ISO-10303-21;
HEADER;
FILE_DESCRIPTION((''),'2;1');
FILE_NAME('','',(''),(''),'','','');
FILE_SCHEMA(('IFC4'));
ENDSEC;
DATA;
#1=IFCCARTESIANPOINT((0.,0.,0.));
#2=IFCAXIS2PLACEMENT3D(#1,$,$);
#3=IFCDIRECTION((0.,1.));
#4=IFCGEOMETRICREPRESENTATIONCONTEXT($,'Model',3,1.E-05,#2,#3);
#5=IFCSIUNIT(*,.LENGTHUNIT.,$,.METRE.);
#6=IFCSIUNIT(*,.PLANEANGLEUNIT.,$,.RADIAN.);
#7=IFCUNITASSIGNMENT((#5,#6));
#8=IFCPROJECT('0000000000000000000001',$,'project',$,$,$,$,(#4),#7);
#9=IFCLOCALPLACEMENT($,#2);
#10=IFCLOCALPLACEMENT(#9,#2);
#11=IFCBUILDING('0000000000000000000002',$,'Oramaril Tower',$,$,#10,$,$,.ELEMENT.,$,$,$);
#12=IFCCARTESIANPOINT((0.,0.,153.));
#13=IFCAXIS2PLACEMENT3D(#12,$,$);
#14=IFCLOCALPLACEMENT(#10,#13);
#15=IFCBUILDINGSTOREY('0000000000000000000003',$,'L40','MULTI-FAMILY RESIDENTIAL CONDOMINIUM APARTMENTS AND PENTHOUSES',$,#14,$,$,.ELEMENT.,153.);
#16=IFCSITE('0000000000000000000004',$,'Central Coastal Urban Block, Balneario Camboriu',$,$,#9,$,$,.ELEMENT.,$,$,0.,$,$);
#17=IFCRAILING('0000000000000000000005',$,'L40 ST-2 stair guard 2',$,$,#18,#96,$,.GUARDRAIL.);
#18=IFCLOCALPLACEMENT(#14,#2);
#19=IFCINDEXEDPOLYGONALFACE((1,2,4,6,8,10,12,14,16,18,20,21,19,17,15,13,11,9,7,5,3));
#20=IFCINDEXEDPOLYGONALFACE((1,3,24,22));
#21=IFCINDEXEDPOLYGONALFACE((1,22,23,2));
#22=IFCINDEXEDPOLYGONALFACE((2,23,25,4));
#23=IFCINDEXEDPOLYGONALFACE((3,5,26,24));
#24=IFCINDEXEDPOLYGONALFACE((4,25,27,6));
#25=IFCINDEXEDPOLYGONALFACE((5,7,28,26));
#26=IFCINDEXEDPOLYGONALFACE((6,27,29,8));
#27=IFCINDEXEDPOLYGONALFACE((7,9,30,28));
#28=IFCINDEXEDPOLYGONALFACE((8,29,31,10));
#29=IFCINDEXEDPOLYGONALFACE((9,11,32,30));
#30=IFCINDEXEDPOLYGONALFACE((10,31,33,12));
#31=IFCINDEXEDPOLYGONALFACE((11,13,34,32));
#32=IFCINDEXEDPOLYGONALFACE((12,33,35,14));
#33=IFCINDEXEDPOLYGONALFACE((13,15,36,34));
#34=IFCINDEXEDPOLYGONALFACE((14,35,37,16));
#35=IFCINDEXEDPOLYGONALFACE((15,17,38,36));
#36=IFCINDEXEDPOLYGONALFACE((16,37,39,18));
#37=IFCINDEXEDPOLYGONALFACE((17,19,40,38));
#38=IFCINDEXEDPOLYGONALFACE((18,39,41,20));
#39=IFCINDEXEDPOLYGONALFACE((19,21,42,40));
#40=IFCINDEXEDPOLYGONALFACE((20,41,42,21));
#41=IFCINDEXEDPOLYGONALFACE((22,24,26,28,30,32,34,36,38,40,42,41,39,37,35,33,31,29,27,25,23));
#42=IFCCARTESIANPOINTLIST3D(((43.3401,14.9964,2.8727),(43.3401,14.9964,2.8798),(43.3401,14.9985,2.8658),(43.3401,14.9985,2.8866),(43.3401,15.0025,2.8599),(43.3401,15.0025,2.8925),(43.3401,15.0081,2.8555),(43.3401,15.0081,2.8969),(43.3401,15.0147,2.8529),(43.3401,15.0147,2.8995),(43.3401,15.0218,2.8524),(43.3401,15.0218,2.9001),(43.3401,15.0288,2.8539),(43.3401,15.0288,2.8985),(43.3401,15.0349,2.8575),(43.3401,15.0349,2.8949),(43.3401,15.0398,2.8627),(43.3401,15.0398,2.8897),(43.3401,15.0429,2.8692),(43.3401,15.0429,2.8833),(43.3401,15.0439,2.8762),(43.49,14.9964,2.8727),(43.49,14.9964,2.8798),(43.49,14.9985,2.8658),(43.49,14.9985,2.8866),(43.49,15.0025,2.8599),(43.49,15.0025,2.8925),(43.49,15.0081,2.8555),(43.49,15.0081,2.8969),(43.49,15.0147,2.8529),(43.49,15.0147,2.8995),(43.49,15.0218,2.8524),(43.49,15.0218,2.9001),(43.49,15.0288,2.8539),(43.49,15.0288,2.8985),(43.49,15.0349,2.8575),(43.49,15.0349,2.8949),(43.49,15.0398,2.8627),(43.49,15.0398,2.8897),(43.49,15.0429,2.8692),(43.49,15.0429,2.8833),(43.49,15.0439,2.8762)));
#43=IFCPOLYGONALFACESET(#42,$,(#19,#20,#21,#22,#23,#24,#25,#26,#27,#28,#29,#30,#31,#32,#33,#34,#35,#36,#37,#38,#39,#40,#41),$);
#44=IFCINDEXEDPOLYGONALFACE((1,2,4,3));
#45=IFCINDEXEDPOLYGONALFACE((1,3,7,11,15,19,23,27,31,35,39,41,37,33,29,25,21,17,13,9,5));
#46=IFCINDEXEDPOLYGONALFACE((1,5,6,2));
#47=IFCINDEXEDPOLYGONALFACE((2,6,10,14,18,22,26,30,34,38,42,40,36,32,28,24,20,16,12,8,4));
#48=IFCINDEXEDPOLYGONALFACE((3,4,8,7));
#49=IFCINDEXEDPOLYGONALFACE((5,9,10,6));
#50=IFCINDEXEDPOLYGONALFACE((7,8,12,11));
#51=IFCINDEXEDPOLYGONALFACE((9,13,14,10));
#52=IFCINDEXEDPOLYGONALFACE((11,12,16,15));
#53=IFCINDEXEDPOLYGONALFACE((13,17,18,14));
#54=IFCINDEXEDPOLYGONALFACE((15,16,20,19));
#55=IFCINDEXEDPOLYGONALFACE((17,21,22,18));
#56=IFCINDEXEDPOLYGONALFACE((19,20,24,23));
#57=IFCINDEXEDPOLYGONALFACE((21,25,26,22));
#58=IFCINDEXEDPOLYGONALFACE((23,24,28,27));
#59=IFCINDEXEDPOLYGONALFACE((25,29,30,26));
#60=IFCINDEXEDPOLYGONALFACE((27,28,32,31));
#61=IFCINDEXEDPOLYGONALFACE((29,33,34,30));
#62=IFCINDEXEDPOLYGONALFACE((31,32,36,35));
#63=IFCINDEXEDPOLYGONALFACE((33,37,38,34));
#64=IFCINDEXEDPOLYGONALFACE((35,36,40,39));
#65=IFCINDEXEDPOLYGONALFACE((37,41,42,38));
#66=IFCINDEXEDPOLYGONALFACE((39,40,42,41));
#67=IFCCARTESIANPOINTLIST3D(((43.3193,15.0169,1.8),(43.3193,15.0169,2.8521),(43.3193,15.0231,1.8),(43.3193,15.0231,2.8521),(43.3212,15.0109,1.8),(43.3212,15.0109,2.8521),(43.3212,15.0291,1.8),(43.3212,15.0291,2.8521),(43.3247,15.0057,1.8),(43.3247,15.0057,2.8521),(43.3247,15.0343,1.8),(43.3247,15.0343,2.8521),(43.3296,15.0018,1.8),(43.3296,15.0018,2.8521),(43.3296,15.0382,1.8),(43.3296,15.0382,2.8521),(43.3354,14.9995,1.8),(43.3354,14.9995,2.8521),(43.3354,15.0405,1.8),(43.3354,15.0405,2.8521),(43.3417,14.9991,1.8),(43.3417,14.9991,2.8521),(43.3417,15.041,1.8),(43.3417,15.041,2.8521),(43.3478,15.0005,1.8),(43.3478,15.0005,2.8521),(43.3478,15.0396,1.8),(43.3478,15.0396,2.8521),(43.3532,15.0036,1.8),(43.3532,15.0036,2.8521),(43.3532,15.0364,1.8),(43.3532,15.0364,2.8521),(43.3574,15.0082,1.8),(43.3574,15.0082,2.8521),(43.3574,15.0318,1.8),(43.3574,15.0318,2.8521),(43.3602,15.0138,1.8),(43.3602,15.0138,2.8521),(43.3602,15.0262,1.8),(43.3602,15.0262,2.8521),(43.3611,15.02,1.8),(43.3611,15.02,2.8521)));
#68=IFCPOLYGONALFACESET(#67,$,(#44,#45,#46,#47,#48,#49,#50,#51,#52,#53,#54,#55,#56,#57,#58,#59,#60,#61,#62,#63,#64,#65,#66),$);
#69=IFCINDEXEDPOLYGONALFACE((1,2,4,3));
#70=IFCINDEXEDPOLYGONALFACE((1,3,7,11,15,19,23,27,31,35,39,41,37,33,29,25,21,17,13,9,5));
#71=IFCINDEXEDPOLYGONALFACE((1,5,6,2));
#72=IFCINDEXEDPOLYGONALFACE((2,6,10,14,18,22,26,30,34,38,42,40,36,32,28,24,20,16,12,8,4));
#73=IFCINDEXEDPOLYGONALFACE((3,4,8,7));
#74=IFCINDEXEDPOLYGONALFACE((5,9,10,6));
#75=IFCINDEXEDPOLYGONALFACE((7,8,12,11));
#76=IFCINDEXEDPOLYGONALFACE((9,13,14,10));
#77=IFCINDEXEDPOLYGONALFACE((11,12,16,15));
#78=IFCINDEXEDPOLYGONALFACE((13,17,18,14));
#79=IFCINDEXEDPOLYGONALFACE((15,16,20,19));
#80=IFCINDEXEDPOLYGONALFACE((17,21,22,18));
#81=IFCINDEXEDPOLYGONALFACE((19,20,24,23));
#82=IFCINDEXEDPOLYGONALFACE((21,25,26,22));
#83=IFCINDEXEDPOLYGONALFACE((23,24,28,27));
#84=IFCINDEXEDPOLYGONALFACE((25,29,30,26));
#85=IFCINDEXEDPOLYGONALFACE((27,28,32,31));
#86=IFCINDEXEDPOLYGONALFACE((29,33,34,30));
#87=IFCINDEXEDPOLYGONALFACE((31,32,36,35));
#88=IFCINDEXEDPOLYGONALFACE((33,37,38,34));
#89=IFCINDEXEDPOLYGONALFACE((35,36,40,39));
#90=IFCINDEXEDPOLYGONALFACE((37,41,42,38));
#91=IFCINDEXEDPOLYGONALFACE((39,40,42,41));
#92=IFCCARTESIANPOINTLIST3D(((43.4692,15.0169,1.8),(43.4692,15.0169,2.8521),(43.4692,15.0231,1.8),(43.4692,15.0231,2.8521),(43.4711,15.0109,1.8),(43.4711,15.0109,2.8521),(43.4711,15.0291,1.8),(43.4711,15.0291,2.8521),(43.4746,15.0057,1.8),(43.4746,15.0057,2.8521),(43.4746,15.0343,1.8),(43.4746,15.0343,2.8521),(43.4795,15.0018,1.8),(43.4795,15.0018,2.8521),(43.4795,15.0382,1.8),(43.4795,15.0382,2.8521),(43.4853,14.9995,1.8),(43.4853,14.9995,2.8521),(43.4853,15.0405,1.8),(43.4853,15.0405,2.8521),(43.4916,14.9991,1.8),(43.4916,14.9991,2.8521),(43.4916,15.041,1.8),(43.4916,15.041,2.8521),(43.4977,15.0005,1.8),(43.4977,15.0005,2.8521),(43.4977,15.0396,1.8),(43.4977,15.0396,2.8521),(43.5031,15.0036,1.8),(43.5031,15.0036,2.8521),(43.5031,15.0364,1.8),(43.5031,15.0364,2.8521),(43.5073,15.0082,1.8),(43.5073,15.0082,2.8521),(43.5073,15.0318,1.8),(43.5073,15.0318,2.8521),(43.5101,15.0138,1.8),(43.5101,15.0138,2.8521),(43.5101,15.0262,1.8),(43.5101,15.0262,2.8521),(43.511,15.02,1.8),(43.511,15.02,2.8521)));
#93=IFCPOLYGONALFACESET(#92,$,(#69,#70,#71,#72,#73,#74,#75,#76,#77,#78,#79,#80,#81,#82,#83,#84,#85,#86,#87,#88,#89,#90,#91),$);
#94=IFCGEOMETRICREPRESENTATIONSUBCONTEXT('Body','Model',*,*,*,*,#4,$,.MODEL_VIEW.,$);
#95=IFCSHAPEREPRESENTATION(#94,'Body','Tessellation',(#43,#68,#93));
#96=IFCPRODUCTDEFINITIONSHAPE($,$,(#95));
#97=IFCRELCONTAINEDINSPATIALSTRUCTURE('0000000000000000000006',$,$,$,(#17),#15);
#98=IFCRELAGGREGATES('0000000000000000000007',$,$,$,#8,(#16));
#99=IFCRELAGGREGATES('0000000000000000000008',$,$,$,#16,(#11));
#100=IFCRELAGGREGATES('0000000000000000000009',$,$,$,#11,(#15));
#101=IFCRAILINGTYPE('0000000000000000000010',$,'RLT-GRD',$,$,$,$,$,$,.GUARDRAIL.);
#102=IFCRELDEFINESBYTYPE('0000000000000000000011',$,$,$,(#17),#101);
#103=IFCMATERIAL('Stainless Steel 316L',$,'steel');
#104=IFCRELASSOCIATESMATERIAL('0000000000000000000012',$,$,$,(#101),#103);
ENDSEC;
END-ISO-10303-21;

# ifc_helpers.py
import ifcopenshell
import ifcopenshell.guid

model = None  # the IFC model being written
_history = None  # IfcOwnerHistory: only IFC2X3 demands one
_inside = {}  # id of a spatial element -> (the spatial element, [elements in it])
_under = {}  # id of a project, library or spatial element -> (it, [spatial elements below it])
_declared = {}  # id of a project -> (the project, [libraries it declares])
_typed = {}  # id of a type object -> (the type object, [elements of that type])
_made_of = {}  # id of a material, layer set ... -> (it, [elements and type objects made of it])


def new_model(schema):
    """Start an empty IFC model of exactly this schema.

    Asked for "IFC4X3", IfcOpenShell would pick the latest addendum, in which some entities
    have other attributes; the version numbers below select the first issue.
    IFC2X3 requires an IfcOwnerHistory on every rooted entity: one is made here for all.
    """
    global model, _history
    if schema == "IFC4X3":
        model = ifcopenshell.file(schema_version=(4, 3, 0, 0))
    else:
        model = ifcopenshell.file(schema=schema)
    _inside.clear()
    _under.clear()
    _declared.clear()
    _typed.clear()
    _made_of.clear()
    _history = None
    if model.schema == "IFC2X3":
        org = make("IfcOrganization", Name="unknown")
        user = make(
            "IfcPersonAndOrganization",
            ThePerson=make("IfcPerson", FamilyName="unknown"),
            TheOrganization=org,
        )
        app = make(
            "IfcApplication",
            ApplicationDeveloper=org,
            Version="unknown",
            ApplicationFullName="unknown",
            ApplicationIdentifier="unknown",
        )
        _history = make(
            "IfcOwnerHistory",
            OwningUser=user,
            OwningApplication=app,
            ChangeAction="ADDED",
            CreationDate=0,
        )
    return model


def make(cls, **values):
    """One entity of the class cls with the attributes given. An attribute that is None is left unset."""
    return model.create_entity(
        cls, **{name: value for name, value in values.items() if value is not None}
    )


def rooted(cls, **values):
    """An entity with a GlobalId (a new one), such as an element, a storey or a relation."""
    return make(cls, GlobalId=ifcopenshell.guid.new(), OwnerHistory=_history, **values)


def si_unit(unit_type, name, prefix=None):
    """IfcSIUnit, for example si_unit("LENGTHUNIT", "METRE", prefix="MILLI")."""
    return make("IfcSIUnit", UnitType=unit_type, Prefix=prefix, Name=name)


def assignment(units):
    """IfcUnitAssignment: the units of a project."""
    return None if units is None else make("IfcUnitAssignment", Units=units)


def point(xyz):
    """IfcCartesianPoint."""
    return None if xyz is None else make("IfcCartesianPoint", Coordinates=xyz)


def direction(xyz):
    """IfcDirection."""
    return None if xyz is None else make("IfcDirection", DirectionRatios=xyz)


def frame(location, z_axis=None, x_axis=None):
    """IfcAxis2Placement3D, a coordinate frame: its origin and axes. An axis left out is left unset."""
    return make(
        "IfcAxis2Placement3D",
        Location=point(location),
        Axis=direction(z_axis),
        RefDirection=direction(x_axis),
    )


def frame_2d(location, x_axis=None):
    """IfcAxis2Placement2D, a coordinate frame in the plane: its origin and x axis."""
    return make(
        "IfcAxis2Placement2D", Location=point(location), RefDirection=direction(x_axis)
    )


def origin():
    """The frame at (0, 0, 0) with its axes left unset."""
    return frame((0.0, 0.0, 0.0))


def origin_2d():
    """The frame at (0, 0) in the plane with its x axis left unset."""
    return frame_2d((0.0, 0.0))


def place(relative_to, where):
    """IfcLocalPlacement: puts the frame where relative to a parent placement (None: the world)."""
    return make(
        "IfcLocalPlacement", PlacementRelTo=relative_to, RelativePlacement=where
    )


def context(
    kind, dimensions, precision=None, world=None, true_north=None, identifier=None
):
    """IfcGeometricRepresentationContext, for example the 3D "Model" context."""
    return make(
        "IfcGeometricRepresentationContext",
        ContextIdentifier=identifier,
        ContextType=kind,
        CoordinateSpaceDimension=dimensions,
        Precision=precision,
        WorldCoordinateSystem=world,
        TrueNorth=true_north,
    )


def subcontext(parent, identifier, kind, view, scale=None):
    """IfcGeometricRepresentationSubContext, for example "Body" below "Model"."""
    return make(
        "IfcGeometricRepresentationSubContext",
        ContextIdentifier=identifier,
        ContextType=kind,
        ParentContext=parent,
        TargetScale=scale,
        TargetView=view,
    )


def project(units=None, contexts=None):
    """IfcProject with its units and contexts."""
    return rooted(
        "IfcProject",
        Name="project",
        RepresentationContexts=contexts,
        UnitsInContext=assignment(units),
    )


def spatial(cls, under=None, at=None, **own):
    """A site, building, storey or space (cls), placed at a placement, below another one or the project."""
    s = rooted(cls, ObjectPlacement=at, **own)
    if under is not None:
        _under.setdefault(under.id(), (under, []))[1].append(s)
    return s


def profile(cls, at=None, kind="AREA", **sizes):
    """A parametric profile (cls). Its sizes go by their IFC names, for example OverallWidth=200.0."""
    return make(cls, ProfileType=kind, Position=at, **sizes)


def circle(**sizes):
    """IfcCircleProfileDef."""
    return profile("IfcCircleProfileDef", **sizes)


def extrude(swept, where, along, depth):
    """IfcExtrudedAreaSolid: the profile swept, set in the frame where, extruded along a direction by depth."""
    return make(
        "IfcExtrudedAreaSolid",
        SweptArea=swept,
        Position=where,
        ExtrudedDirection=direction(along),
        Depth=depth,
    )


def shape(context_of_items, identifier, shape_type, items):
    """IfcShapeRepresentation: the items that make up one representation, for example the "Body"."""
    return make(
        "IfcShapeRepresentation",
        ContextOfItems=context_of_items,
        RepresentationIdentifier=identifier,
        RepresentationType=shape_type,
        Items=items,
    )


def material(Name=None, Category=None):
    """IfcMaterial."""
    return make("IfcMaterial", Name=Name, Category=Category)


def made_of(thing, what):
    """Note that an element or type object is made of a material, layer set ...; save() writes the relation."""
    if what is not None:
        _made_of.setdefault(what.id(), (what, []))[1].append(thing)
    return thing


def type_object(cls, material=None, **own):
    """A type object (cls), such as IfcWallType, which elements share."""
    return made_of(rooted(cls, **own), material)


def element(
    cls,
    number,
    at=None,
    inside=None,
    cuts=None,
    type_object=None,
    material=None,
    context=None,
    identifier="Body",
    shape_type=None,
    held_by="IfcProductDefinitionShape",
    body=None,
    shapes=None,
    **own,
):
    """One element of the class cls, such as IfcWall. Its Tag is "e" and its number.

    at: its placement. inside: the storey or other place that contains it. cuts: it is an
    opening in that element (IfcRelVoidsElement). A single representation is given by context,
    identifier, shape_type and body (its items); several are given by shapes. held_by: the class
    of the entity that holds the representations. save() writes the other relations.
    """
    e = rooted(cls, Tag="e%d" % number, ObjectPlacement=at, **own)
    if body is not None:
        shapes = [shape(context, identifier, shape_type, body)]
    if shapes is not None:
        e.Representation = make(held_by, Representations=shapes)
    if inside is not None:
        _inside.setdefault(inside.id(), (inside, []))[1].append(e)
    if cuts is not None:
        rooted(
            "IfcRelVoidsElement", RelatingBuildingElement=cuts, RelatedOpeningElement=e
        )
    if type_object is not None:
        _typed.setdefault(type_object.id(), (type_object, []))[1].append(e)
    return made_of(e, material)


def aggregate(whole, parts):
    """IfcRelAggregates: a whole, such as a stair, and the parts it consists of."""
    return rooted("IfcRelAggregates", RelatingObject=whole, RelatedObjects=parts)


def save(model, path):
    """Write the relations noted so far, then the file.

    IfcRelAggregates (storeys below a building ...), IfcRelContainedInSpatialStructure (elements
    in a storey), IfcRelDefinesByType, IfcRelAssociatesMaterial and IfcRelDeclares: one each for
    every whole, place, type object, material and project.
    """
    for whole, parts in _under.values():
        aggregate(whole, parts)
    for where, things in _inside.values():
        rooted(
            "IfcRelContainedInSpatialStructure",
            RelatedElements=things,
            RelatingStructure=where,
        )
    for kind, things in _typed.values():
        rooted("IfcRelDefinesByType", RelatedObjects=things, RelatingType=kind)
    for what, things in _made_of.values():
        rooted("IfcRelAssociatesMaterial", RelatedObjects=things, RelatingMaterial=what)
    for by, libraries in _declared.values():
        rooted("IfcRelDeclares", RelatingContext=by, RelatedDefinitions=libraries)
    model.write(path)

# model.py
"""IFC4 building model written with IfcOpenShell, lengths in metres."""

from ifc_helpers import new_model, si_unit, direction, frame, origin, origin_2d, place, context, subcontext, project, spatial, circle, extrude, material, type_object, element, save


model = new_model("IFC4")

# Units and contexts
model_context = context("Model", 3, precision=1e-05, world=origin(), true_north=direction((0.0, 1.0)))
body_context = subcontext(model_context, "Body", "Model", "MODEL_VIEW")
ifc_project = project(units=[si_unit("LENGTHUNIT", "METRE"), si_unit("PLANEANGLEUNIT", "RADIAN")], contexts=[model_context])

# Site, building, storey
site_placement = place(None, origin())
site = spatial("IfcSite", under=ifc_project, at=site_placement, Name="Central Coastal Urban Block, Balneario Camboriu", CompositionType="ELEMENT", RefElevation=0.0)
building_placement = place(site_placement, origin())
building = spatial("IfcBuilding", under=site, at=building_placement, Name="Oramaril Tower", CompositionType="ELEMENT")
storey_placement = place(building_placement, frame((0.0, 0.0, 153.0)))
storey = spatial("IfcBuildingStorey", under=building, at=storey_placement, Name="L40", Description="MULTI-FAMILY RESIDENTIAL CONDOMINIUM APARTMENTS AND PENTHOUSES", CompositionType="ELEMENT", Elevation=153.0)

# Railing
ifc_material_1 = material(Name="Stainless Steel 316L", Category="steel")
railing_type_1 = type_object("IfcRailingType", Name="RLT-GRD", PredefinedType="GUARDRAIL", material=ifc_material_1)
railing_1_placement = place(storey_placement, frame((43.3401, 15.02, 1.8)))
element("IfcRailing", 1, at=railing_1_placement, inside=storey, type_object=railing_type_1, Name="L40 ST-2 stair guard 2", PredefinedType="GUARDRAIL", context=body_context, shape_type="SweptSolid", body=[
    extrude(circle(Radius=0.0239, at=origin_2d()), frame((0.0, 0.0, 1.0762), z_axis=(1.0, 0.0, 0.0), x_axis=(0.0, 1.0, 0.0)), (0.0, 0.0, 1.0), 0.1499),
    extrude(circle(Radius=0.021, at=origin_2d()), origin(), (0.0, 0.0, 1.0), 1.052),
    extrude(circle(Radius=0.021, at=origin_2d()), frame((0.1499, 0.0, 0.0)), (0.0, 0.0, 1.0), 1.052),
])

save(model, "model.ifc")
